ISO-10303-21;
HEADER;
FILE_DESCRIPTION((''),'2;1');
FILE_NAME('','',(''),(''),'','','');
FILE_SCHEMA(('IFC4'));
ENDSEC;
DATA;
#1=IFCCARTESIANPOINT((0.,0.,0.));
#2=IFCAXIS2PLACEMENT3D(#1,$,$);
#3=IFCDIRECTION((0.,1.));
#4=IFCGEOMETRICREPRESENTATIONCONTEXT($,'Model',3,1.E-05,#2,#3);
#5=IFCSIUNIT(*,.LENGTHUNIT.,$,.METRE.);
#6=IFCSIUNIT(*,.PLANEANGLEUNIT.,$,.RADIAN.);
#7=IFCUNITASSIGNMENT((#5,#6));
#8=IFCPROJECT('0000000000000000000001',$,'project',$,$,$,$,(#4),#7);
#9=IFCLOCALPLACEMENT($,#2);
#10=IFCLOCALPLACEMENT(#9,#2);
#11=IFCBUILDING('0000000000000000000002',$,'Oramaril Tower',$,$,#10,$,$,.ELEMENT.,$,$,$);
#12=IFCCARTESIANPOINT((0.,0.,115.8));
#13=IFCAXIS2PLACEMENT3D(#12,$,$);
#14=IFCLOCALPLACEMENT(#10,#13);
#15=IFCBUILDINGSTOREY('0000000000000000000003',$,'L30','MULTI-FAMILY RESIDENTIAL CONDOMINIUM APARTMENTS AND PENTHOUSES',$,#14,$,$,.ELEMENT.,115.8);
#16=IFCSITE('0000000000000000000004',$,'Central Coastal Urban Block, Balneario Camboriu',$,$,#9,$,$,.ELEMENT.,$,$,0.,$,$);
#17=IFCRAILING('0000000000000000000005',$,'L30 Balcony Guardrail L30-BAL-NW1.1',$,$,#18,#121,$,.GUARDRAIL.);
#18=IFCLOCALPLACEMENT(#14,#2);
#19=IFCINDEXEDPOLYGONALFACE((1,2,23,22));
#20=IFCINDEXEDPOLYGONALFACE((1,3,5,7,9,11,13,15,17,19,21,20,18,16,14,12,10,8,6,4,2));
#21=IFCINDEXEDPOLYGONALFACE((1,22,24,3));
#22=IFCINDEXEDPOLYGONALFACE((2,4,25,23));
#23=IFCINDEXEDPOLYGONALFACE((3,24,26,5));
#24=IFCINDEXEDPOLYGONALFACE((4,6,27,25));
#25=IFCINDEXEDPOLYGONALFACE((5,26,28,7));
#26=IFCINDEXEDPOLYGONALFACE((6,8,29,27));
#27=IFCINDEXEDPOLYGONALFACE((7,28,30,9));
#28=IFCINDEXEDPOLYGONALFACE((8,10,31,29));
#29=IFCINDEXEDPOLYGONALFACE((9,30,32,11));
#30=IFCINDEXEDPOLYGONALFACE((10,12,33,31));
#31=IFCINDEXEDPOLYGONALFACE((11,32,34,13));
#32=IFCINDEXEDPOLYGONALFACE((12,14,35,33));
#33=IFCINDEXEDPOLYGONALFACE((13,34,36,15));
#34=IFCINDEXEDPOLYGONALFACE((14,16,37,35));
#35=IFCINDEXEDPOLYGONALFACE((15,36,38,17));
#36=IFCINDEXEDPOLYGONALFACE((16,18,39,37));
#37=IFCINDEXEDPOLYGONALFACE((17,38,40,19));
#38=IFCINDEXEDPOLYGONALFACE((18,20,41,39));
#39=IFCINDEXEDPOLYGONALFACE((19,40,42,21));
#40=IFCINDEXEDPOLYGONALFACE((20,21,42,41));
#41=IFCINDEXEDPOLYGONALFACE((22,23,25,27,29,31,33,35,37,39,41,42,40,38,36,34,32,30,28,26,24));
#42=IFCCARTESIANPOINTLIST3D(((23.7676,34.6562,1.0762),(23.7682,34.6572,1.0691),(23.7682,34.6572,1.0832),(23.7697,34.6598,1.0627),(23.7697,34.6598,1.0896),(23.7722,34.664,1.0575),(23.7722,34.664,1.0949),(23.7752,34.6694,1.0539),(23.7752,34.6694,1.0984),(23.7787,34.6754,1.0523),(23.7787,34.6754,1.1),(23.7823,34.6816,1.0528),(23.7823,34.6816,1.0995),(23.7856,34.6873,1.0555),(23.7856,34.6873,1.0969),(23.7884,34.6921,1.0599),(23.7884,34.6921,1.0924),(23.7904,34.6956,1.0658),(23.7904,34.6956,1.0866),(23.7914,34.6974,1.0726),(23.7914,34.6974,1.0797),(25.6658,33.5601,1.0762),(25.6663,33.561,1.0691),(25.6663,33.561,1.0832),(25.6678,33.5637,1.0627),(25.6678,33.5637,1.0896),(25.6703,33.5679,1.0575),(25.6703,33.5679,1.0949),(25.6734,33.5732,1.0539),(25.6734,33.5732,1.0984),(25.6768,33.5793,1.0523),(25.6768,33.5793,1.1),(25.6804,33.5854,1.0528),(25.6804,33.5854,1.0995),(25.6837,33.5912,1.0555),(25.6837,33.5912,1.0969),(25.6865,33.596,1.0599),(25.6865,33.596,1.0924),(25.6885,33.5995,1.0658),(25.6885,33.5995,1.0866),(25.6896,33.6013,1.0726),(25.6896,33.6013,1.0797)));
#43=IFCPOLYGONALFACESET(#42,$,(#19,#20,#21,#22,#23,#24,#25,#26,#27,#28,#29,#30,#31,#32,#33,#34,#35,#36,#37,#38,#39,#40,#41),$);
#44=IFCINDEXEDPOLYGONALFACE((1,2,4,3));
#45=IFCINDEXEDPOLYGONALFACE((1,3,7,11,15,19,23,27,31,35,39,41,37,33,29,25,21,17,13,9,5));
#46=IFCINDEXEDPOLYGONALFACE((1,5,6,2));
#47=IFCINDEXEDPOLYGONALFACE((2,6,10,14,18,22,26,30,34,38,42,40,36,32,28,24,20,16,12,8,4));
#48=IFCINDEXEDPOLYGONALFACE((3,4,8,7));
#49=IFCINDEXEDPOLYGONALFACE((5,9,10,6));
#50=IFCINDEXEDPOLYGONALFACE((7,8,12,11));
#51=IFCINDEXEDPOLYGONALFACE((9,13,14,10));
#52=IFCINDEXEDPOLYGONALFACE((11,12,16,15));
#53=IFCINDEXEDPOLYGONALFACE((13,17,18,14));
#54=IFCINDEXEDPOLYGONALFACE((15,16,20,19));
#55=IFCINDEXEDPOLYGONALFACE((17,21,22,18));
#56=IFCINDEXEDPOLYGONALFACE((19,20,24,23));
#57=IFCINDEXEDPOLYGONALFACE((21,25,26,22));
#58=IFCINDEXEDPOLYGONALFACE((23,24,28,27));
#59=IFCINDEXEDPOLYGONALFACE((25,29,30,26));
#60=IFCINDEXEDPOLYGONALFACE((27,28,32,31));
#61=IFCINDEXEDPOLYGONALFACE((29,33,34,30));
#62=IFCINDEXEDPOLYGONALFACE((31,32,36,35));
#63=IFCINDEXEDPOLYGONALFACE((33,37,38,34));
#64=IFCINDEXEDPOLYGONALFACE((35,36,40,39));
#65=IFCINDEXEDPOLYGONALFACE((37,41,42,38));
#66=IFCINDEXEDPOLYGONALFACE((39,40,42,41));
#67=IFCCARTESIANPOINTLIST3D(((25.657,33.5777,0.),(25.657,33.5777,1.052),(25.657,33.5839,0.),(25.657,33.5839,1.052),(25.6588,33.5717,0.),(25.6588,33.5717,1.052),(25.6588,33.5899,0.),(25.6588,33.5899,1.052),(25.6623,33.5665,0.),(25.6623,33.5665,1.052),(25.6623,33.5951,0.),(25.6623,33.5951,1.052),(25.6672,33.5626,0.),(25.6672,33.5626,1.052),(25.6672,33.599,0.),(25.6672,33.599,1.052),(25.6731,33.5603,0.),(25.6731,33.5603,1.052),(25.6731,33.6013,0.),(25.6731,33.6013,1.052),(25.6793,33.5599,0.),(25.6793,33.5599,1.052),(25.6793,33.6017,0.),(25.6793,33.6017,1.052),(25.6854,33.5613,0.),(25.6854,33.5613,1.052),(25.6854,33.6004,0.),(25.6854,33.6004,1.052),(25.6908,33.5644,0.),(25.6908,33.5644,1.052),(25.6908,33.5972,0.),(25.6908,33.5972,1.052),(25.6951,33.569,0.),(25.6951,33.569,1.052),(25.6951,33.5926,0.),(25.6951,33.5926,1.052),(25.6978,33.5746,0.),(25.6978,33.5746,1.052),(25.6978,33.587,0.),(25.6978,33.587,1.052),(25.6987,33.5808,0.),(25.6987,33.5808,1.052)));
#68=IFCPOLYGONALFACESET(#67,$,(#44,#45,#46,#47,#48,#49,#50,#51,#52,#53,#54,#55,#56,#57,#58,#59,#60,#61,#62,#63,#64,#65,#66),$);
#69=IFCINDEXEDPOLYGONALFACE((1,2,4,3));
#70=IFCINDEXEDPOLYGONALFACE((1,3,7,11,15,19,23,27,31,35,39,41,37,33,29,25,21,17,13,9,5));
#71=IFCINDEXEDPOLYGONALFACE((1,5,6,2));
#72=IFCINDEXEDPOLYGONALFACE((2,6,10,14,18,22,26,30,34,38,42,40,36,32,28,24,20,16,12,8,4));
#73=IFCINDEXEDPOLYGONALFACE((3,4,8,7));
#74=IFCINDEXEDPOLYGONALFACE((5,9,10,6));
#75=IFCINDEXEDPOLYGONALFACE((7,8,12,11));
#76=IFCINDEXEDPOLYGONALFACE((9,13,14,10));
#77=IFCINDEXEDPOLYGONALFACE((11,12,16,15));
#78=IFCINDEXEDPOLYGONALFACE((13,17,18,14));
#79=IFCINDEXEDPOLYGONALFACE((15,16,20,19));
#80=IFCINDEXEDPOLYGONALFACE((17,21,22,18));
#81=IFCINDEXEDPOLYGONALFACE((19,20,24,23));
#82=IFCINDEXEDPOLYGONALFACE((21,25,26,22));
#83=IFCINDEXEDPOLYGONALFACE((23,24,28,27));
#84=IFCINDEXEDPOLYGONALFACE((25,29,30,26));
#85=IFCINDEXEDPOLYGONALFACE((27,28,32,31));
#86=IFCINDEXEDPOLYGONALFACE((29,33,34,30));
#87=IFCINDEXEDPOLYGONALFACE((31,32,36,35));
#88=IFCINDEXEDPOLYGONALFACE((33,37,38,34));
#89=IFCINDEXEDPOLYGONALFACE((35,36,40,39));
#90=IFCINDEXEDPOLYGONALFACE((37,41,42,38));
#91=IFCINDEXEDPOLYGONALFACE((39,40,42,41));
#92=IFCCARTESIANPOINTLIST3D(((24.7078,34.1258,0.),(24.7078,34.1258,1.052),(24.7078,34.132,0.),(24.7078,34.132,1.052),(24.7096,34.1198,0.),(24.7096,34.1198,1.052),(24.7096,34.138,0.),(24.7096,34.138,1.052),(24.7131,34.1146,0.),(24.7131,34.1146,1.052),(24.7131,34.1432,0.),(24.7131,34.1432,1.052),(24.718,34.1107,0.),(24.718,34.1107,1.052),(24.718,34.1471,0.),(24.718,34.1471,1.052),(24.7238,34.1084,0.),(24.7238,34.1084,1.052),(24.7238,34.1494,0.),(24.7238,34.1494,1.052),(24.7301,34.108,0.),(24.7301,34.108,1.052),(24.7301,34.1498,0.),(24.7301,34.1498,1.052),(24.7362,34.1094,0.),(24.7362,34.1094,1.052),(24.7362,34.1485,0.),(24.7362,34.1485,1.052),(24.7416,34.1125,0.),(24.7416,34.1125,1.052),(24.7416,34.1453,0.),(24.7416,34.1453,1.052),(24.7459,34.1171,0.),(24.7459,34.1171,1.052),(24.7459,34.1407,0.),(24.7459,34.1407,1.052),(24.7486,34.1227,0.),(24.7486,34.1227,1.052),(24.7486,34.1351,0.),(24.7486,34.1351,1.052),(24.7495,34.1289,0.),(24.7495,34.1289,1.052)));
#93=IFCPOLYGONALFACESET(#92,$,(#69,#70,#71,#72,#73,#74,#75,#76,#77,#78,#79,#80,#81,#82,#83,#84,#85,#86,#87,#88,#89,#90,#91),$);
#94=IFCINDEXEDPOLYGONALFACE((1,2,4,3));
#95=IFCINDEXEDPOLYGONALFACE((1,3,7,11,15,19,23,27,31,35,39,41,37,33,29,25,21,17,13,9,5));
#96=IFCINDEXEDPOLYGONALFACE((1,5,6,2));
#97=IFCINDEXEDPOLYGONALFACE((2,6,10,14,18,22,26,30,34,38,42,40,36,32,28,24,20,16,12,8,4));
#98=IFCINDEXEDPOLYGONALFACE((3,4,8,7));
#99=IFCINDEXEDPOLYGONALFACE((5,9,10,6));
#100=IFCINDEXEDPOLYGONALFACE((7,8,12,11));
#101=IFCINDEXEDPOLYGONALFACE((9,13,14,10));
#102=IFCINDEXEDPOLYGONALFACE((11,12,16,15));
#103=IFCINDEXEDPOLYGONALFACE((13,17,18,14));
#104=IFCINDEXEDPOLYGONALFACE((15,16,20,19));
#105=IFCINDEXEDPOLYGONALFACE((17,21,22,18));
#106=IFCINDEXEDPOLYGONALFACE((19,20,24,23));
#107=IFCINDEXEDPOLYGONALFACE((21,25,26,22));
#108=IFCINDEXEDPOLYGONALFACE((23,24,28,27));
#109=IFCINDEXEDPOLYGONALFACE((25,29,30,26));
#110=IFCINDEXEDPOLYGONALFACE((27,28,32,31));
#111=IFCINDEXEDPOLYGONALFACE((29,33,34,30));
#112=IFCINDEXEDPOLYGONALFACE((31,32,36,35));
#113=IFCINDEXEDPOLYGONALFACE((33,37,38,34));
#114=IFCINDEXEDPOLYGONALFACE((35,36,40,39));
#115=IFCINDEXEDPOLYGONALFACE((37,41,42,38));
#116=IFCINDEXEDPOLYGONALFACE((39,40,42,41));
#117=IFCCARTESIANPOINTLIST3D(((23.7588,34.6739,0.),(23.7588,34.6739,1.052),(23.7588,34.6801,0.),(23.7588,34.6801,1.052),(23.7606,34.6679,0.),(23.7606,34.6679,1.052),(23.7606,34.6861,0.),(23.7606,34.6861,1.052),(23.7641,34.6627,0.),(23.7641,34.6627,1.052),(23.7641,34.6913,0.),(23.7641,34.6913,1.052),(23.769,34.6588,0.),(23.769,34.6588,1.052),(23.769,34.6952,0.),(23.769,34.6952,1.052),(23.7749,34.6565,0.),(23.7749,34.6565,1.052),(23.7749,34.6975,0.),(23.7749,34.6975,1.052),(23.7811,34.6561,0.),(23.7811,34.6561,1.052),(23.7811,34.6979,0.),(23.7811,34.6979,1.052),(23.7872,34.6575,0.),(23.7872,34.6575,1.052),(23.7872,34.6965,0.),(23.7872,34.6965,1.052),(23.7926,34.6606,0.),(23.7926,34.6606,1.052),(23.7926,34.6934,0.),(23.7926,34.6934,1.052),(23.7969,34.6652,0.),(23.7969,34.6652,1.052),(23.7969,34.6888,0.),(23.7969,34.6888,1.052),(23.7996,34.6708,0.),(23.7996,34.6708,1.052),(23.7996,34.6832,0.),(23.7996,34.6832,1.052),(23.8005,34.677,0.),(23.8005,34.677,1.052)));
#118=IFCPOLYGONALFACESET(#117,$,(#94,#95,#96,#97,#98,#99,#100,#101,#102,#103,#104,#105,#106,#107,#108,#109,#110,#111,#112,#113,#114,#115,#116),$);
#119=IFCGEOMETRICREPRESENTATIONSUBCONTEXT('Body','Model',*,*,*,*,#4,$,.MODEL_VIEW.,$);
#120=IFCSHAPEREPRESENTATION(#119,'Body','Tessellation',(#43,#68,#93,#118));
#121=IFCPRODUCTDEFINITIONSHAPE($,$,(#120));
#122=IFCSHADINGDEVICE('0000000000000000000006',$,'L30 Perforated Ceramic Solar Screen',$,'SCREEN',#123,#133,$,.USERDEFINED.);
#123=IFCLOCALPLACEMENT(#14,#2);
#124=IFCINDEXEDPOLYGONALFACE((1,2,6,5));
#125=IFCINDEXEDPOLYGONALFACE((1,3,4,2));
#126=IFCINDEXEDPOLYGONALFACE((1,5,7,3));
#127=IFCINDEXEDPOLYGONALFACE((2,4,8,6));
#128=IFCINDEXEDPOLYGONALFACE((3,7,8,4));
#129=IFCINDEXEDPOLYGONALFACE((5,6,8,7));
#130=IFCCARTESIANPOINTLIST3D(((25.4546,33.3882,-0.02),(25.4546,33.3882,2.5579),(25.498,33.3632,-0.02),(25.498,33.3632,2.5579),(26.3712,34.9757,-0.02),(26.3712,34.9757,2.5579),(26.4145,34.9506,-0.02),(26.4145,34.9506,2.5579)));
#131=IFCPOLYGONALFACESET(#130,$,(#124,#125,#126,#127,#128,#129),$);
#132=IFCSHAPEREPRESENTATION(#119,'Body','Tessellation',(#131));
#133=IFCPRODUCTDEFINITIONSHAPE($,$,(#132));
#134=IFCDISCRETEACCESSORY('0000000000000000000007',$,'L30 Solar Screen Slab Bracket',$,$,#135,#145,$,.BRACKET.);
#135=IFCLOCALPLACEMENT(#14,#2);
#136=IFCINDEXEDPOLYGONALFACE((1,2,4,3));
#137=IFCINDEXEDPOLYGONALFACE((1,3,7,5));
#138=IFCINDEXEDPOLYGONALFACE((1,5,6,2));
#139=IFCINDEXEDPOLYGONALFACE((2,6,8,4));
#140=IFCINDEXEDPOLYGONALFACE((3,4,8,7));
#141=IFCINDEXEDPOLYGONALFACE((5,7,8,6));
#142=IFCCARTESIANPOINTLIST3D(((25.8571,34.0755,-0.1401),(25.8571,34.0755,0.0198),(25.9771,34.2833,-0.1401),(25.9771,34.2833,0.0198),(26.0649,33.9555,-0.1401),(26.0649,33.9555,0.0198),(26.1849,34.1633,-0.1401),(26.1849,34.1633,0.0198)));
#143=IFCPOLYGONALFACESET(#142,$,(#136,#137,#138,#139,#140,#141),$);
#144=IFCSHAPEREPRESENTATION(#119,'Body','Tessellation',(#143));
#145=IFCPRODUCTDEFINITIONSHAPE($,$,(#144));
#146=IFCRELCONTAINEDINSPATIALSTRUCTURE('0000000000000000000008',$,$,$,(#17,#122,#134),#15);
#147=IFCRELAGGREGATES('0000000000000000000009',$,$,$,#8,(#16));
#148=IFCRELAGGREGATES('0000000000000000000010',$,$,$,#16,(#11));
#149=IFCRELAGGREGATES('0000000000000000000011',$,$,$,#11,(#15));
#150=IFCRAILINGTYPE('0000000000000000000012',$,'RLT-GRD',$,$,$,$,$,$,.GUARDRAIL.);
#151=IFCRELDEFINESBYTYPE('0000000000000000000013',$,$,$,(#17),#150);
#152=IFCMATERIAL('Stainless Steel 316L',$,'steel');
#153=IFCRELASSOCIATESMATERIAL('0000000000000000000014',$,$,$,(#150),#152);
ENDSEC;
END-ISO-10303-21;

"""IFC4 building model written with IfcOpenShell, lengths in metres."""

from ifc_helpers import new_model, si_unit, direction, frame, origin, origin_2d, place, context, subcontext, project, spatial, rectangle, circle, extrude, material, type_object, element, save


model = new_model("IFC4")

# Units and contexts
model_context = context("Model", 3, precision=1e-05, world=origin(), true_north=direction((0.0, 1.0)))
body_context = subcontext(model_context, "Body", "Model", "MODEL_VIEW")
ifc_project = project(units=[si_unit("LENGTHUNIT", "METRE"), si_unit("PLANEANGLEUNIT", "RADIAN")], contexts=[model_context])

# Site, building, storey
site_placement = place(None, origin())
site = spatial("IfcSite", under=ifc_project, at=site_placement, Name="Central Coastal Urban Block, Balneario Camboriu", CompositionType="ELEMENT", RefElevation=0.0)
building_placement = place(site_placement, origin())
building = spatial("IfcBuilding", under=site, at=building_placement, Name="Oramaril Tower", CompositionType="ELEMENT")
storey_placement = place(building_placement, frame((0.0, 0.0, 115.8)))
storey = spatial("IfcBuildingStorey", under=building, at=storey_placement, Name="L30", Description="MULTI-FAMILY RESIDENTIAL CONDOMINIUM APARTMENTS AND PENTHOUSES", CompositionType="ELEMENT", Elevation=115.8)

# Railing
ifc_material_1 = material(Name="Stainless Steel 316L", Category="steel")
railing_type = type_object("IfcRailingType", Name="RLT-GRD", PredefinedType="GUARDRAIL", material=ifc_material_1)
railing_placement = place(storey_placement, frame((25.6777, 33.5808, 0.0)))
element("IfcRailing", 1, at=railing_placement, inside=storey, type_object=railing_type, Name="L30 Balcony Guardrail L30-BAL-NW1.1", PredefinedType="GUARDRAIL", context=body_context, shape_type="SweptSolid", body=[
    extrude(circle(Radius=0.0239, at=origin_2d()), frame((0.0, 0.0, 1.0762), z_axis=(-0.865972, 0.500092, 0.0), x_axis=(-0.500092, -0.865972, 0.0)), (0.0, 0.0, 1.0), 2.1919),
    extrude(circle(Radius=0.021, at=origin_2d()), origin(), (0.0, 0.0, 1.0), 1.052),
    extrude(circle(Radius=0.021, at=origin_2d()), frame((-0.9492, 0.5481, 0.0)), (0.0, 0.0, 1.0), 1.052),
    extrude(circle(Radius=0.021, at=origin_2d()), frame((-1.8982, 1.0962, 0.0)), (0.0, 0.0, 1.0), 1.052),
])

# Shading device
shading_device_placement = place(storey_placement, frame((25.9346, 34.1694, -0.02), z_axis=(0.0, 0.0, 1.0), x_axis=(-0.5, -0.866025, 0.0)))
element("IfcShadingDevice", 2, at=shading_device_placement, inside=storey, Name="L30 Perforated Ceramic Solar Screen", ObjectType="SCREEN", PredefinedType="USERDEFINED", context=body_context, shape_type="SweptSolid", body=[
    extrude(rectangle(XDim=1.833, YDim=0.05, at=origin_2d()), origin(), (0.0, 0.0, 1.0), 2.5779),
])

# Discrete accessory
discrete_accessory_placement = place(storey_placement, frame((26.021, 34.1194, -0.1401), z_axis=(0.0, 0.0, 1.0), x_axis=(-0.5, -0.866025, 0.0)))
element("IfcDiscreteAccessory", 3, at=discrete_accessory_placement, inside=storey, Name="L30 Solar Screen Slab Bracket", PredefinedType="BRACKET", context=body_context, shape_type="SweptSolid", body=[
    extrude(rectangle(XDim=0.24, YDim=0.24, at=origin_2d()), origin(), (0.0, 0.0, 1.0), 0.1599),
])

save(model, "model.ifc")
